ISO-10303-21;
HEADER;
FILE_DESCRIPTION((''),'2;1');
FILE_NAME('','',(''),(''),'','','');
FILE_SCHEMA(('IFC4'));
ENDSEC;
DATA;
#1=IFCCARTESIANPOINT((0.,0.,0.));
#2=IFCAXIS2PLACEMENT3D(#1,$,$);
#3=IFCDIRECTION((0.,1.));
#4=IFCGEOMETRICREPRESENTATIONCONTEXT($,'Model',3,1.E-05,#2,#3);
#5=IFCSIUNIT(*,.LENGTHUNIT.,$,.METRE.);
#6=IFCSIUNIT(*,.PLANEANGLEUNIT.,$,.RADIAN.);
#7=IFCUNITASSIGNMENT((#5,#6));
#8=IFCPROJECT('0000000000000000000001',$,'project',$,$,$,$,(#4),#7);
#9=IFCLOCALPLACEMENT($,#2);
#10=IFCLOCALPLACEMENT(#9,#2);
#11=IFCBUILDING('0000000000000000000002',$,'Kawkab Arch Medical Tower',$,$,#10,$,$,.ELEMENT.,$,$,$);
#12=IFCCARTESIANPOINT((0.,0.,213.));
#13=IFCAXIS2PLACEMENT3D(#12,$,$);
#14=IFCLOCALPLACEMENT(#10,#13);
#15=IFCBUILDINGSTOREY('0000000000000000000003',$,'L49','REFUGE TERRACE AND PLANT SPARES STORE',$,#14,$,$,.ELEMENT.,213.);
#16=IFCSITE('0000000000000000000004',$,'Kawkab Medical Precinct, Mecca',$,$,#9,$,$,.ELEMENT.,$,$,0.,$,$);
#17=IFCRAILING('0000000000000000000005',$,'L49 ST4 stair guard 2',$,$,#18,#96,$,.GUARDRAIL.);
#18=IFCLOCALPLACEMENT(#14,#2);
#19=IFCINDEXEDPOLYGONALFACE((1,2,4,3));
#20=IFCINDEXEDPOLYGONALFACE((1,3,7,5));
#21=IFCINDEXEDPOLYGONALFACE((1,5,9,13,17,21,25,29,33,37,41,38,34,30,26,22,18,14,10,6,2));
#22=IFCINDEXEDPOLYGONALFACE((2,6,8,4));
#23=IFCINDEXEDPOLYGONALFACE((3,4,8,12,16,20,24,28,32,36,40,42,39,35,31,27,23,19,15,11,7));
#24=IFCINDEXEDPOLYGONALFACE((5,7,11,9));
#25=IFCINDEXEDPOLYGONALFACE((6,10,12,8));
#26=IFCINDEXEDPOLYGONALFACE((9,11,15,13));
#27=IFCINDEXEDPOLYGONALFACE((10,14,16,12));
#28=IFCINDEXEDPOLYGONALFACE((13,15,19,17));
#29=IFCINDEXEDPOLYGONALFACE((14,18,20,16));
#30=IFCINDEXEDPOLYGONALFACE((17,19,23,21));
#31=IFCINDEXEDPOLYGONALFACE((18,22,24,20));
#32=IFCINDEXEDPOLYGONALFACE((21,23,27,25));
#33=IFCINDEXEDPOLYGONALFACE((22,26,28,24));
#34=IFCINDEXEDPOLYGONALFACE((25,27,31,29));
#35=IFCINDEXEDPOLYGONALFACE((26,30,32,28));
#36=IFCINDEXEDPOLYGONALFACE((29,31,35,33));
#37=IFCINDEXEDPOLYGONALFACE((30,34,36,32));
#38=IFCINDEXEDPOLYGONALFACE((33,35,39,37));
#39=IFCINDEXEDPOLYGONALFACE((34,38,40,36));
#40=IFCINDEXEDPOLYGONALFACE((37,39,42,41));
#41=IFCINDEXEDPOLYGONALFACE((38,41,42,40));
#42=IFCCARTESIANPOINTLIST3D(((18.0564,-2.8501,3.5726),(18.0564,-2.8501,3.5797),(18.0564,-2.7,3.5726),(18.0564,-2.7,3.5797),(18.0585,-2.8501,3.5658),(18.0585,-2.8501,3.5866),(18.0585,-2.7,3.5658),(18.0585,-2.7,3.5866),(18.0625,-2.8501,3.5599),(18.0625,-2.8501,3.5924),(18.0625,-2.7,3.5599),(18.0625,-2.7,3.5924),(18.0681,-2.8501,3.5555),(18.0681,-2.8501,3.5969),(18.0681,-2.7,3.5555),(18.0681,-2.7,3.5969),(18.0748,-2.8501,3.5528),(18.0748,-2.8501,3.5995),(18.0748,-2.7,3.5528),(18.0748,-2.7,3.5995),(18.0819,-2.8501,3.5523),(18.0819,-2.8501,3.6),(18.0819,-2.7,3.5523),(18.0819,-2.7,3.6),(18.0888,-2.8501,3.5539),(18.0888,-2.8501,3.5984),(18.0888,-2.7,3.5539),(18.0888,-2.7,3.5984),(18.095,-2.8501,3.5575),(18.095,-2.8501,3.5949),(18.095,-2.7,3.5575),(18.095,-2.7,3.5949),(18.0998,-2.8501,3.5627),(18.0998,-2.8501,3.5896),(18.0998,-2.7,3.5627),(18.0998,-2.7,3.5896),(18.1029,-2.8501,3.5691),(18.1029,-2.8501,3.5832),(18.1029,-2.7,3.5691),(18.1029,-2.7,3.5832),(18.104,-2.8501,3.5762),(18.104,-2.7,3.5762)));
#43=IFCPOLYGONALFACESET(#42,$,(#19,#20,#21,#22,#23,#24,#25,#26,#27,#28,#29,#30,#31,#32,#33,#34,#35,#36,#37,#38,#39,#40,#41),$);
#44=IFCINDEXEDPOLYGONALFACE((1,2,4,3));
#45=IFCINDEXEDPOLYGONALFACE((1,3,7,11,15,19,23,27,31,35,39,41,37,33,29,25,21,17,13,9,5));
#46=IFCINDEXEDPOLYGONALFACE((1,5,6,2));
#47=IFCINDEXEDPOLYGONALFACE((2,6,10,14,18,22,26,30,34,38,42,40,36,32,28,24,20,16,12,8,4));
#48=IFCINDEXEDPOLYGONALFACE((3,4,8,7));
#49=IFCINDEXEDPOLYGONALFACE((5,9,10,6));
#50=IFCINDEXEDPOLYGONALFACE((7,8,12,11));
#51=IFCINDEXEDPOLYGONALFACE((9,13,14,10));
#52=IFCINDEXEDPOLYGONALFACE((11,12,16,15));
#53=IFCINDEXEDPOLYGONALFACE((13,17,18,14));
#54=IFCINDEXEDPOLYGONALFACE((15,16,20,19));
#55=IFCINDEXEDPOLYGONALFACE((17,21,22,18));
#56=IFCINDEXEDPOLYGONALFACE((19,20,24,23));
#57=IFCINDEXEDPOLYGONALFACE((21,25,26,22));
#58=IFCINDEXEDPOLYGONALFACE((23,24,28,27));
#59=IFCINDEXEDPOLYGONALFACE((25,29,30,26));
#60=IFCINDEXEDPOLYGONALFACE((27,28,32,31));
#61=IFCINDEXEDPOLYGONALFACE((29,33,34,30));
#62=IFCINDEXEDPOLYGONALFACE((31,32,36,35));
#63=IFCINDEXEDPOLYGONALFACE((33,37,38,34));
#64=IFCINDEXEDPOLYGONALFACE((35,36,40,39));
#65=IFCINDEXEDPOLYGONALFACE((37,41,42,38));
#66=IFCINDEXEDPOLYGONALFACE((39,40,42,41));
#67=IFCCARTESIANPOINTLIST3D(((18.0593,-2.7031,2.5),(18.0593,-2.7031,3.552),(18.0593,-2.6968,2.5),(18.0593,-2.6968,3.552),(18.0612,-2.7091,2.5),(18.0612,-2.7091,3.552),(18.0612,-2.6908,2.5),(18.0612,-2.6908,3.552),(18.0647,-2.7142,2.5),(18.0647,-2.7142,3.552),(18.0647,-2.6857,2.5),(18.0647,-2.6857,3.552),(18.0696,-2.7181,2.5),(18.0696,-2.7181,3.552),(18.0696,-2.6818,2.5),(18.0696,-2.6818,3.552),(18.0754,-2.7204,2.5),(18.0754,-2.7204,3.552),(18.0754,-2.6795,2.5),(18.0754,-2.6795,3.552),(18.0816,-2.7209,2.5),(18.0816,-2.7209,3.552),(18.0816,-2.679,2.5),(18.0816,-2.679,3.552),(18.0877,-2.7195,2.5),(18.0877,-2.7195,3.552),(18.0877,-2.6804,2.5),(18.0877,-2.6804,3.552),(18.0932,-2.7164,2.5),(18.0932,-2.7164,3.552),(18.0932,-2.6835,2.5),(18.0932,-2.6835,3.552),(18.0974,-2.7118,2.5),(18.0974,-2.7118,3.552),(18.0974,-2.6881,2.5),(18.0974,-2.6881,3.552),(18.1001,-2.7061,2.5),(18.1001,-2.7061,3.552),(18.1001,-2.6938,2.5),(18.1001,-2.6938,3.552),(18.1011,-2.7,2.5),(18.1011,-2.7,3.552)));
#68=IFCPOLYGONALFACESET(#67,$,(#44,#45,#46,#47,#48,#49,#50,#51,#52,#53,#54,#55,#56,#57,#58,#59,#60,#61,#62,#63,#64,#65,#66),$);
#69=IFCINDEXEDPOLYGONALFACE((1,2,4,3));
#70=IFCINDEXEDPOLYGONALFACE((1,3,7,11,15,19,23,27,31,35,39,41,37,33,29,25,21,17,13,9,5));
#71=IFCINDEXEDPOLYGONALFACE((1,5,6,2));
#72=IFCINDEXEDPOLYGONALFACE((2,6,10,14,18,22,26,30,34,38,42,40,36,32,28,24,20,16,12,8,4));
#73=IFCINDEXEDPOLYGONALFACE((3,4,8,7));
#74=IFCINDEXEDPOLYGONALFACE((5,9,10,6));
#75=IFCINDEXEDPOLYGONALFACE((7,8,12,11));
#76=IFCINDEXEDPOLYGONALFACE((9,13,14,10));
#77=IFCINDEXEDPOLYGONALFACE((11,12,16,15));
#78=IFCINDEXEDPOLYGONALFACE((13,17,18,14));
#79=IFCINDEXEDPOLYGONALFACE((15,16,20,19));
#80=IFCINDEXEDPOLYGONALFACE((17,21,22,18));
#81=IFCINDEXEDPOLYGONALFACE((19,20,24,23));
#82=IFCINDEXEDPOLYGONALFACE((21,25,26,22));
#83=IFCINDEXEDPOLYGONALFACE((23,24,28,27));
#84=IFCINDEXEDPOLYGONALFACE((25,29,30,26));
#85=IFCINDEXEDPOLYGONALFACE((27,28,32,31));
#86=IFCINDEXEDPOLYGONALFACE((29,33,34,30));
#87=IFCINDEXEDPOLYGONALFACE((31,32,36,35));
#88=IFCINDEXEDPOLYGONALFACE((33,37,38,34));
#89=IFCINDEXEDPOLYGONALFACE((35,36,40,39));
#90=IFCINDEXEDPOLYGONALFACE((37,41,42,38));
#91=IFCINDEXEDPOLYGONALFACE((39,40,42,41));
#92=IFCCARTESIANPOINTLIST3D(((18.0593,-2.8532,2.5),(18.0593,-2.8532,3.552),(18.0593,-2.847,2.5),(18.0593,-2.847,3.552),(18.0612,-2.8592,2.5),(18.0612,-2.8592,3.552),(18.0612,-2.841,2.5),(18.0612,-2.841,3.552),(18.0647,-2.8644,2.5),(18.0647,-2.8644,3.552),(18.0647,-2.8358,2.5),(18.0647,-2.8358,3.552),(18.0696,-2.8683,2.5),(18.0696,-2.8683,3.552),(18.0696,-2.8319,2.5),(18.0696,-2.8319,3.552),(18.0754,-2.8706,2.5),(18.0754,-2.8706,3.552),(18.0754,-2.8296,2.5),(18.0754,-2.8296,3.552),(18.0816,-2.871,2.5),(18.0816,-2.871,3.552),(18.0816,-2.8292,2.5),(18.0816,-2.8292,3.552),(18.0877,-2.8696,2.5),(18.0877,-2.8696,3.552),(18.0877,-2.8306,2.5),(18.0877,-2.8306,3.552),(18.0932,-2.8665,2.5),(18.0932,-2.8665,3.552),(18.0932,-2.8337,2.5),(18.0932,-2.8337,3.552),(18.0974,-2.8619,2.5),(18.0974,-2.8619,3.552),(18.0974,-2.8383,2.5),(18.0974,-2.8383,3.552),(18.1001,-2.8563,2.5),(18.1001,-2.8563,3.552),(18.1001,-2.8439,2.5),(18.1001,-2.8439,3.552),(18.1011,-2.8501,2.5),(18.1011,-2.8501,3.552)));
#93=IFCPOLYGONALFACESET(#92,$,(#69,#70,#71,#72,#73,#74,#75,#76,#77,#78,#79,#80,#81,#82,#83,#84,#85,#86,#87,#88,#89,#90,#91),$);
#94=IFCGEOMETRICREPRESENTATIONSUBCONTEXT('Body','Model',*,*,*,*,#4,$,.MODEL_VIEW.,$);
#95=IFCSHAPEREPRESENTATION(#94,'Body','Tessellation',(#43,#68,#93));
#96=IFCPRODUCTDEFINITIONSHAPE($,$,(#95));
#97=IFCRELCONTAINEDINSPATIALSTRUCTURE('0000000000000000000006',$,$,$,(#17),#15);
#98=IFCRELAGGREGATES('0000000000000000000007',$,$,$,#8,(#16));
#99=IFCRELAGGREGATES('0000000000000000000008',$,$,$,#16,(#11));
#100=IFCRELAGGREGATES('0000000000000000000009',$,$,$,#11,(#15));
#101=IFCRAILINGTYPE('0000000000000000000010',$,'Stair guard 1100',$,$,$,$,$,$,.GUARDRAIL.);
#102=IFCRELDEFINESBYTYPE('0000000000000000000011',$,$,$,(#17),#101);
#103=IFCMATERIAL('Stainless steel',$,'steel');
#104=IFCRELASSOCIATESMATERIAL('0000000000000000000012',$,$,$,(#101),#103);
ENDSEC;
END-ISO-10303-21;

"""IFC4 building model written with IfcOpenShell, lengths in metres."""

from ifc_helpers import new_model, si_unit, direction, frame, origin, origin_2d, place, context, subcontext, project, spatial, circle, extrude, material, type_object, element, save


model = new_model("IFC4")

# Units and contexts
model_context = context("Model", 3, precision=1e-05, world=origin(), true_north=direction((0.0, 1.0)))
body_context = subcontext(model_context, "Body", "Model", "MODEL_VIEW")
ifc_project = project(units=[si_unit("LENGTHUNIT", "METRE"), si_unit("PLANEANGLEUNIT", "RADIAN")], contexts=[model_context])

# Site, building, storey
site_placement = place(None, origin())
site = spatial("IfcSite", under=ifc_project, at=site_placement, Name="Kawkab Medical Precinct, Mecca", CompositionType="ELEMENT", RefElevation=0.0)
building_placement = place(site_placement, origin())
building = spatial("IfcBuilding", under=site, at=building_placement, Name="Kawkab Arch Medical Tower", CompositionType="ELEMENT")
storey_placement = place(building_placement, frame((0.0, 0.0, 213.0)))
storey = spatial("IfcBuildingStorey", under=building, at=storey_placement, Name="L49", Description="REFUGE TERRACE AND PLANT SPARES STORE", CompositionType="ELEMENT", Elevation=213.0)

# Railing
ifc_material_1 = material(Name="Stainless steel", Category="steel")
railing_type = type_object("IfcRailingType", Name="Stair guard 1100", PredefinedType="GUARDRAIL", material=ifc_material_1)
railing_1_placement = place(storey_placement, frame((18.0801, -2.7, 2.5)))
element("IfcRailing", 1, at=railing_1_placement, inside=storey, type_object=railing_type, Name="L49 ST4 stair guard 2", PredefinedType="GUARDRAIL", context=body_context, shape_type="SweptSolid", body=[
    extrude(circle(Radius=0.0239, at=origin_2d()), frame((0.0, 0.0, 1.0762), z_axis=(0.0, -1.0, 0.0), x_axis=(1.0, 0.0, 0.0)), (0.0, 0.0, 1.0), 0.1501),
    extrude(circle(Radius=0.021, at=origin_2d()), origin(), (0.0, 0.0, 1.0), 1.052),
    extrude(circle(Radius=0.021, at=origin_2d()), frame((0.0, -0.1501, 0.0)), (0.0, 0.0, 1.0), 1.052),
])

save(model, "model.ifc")
